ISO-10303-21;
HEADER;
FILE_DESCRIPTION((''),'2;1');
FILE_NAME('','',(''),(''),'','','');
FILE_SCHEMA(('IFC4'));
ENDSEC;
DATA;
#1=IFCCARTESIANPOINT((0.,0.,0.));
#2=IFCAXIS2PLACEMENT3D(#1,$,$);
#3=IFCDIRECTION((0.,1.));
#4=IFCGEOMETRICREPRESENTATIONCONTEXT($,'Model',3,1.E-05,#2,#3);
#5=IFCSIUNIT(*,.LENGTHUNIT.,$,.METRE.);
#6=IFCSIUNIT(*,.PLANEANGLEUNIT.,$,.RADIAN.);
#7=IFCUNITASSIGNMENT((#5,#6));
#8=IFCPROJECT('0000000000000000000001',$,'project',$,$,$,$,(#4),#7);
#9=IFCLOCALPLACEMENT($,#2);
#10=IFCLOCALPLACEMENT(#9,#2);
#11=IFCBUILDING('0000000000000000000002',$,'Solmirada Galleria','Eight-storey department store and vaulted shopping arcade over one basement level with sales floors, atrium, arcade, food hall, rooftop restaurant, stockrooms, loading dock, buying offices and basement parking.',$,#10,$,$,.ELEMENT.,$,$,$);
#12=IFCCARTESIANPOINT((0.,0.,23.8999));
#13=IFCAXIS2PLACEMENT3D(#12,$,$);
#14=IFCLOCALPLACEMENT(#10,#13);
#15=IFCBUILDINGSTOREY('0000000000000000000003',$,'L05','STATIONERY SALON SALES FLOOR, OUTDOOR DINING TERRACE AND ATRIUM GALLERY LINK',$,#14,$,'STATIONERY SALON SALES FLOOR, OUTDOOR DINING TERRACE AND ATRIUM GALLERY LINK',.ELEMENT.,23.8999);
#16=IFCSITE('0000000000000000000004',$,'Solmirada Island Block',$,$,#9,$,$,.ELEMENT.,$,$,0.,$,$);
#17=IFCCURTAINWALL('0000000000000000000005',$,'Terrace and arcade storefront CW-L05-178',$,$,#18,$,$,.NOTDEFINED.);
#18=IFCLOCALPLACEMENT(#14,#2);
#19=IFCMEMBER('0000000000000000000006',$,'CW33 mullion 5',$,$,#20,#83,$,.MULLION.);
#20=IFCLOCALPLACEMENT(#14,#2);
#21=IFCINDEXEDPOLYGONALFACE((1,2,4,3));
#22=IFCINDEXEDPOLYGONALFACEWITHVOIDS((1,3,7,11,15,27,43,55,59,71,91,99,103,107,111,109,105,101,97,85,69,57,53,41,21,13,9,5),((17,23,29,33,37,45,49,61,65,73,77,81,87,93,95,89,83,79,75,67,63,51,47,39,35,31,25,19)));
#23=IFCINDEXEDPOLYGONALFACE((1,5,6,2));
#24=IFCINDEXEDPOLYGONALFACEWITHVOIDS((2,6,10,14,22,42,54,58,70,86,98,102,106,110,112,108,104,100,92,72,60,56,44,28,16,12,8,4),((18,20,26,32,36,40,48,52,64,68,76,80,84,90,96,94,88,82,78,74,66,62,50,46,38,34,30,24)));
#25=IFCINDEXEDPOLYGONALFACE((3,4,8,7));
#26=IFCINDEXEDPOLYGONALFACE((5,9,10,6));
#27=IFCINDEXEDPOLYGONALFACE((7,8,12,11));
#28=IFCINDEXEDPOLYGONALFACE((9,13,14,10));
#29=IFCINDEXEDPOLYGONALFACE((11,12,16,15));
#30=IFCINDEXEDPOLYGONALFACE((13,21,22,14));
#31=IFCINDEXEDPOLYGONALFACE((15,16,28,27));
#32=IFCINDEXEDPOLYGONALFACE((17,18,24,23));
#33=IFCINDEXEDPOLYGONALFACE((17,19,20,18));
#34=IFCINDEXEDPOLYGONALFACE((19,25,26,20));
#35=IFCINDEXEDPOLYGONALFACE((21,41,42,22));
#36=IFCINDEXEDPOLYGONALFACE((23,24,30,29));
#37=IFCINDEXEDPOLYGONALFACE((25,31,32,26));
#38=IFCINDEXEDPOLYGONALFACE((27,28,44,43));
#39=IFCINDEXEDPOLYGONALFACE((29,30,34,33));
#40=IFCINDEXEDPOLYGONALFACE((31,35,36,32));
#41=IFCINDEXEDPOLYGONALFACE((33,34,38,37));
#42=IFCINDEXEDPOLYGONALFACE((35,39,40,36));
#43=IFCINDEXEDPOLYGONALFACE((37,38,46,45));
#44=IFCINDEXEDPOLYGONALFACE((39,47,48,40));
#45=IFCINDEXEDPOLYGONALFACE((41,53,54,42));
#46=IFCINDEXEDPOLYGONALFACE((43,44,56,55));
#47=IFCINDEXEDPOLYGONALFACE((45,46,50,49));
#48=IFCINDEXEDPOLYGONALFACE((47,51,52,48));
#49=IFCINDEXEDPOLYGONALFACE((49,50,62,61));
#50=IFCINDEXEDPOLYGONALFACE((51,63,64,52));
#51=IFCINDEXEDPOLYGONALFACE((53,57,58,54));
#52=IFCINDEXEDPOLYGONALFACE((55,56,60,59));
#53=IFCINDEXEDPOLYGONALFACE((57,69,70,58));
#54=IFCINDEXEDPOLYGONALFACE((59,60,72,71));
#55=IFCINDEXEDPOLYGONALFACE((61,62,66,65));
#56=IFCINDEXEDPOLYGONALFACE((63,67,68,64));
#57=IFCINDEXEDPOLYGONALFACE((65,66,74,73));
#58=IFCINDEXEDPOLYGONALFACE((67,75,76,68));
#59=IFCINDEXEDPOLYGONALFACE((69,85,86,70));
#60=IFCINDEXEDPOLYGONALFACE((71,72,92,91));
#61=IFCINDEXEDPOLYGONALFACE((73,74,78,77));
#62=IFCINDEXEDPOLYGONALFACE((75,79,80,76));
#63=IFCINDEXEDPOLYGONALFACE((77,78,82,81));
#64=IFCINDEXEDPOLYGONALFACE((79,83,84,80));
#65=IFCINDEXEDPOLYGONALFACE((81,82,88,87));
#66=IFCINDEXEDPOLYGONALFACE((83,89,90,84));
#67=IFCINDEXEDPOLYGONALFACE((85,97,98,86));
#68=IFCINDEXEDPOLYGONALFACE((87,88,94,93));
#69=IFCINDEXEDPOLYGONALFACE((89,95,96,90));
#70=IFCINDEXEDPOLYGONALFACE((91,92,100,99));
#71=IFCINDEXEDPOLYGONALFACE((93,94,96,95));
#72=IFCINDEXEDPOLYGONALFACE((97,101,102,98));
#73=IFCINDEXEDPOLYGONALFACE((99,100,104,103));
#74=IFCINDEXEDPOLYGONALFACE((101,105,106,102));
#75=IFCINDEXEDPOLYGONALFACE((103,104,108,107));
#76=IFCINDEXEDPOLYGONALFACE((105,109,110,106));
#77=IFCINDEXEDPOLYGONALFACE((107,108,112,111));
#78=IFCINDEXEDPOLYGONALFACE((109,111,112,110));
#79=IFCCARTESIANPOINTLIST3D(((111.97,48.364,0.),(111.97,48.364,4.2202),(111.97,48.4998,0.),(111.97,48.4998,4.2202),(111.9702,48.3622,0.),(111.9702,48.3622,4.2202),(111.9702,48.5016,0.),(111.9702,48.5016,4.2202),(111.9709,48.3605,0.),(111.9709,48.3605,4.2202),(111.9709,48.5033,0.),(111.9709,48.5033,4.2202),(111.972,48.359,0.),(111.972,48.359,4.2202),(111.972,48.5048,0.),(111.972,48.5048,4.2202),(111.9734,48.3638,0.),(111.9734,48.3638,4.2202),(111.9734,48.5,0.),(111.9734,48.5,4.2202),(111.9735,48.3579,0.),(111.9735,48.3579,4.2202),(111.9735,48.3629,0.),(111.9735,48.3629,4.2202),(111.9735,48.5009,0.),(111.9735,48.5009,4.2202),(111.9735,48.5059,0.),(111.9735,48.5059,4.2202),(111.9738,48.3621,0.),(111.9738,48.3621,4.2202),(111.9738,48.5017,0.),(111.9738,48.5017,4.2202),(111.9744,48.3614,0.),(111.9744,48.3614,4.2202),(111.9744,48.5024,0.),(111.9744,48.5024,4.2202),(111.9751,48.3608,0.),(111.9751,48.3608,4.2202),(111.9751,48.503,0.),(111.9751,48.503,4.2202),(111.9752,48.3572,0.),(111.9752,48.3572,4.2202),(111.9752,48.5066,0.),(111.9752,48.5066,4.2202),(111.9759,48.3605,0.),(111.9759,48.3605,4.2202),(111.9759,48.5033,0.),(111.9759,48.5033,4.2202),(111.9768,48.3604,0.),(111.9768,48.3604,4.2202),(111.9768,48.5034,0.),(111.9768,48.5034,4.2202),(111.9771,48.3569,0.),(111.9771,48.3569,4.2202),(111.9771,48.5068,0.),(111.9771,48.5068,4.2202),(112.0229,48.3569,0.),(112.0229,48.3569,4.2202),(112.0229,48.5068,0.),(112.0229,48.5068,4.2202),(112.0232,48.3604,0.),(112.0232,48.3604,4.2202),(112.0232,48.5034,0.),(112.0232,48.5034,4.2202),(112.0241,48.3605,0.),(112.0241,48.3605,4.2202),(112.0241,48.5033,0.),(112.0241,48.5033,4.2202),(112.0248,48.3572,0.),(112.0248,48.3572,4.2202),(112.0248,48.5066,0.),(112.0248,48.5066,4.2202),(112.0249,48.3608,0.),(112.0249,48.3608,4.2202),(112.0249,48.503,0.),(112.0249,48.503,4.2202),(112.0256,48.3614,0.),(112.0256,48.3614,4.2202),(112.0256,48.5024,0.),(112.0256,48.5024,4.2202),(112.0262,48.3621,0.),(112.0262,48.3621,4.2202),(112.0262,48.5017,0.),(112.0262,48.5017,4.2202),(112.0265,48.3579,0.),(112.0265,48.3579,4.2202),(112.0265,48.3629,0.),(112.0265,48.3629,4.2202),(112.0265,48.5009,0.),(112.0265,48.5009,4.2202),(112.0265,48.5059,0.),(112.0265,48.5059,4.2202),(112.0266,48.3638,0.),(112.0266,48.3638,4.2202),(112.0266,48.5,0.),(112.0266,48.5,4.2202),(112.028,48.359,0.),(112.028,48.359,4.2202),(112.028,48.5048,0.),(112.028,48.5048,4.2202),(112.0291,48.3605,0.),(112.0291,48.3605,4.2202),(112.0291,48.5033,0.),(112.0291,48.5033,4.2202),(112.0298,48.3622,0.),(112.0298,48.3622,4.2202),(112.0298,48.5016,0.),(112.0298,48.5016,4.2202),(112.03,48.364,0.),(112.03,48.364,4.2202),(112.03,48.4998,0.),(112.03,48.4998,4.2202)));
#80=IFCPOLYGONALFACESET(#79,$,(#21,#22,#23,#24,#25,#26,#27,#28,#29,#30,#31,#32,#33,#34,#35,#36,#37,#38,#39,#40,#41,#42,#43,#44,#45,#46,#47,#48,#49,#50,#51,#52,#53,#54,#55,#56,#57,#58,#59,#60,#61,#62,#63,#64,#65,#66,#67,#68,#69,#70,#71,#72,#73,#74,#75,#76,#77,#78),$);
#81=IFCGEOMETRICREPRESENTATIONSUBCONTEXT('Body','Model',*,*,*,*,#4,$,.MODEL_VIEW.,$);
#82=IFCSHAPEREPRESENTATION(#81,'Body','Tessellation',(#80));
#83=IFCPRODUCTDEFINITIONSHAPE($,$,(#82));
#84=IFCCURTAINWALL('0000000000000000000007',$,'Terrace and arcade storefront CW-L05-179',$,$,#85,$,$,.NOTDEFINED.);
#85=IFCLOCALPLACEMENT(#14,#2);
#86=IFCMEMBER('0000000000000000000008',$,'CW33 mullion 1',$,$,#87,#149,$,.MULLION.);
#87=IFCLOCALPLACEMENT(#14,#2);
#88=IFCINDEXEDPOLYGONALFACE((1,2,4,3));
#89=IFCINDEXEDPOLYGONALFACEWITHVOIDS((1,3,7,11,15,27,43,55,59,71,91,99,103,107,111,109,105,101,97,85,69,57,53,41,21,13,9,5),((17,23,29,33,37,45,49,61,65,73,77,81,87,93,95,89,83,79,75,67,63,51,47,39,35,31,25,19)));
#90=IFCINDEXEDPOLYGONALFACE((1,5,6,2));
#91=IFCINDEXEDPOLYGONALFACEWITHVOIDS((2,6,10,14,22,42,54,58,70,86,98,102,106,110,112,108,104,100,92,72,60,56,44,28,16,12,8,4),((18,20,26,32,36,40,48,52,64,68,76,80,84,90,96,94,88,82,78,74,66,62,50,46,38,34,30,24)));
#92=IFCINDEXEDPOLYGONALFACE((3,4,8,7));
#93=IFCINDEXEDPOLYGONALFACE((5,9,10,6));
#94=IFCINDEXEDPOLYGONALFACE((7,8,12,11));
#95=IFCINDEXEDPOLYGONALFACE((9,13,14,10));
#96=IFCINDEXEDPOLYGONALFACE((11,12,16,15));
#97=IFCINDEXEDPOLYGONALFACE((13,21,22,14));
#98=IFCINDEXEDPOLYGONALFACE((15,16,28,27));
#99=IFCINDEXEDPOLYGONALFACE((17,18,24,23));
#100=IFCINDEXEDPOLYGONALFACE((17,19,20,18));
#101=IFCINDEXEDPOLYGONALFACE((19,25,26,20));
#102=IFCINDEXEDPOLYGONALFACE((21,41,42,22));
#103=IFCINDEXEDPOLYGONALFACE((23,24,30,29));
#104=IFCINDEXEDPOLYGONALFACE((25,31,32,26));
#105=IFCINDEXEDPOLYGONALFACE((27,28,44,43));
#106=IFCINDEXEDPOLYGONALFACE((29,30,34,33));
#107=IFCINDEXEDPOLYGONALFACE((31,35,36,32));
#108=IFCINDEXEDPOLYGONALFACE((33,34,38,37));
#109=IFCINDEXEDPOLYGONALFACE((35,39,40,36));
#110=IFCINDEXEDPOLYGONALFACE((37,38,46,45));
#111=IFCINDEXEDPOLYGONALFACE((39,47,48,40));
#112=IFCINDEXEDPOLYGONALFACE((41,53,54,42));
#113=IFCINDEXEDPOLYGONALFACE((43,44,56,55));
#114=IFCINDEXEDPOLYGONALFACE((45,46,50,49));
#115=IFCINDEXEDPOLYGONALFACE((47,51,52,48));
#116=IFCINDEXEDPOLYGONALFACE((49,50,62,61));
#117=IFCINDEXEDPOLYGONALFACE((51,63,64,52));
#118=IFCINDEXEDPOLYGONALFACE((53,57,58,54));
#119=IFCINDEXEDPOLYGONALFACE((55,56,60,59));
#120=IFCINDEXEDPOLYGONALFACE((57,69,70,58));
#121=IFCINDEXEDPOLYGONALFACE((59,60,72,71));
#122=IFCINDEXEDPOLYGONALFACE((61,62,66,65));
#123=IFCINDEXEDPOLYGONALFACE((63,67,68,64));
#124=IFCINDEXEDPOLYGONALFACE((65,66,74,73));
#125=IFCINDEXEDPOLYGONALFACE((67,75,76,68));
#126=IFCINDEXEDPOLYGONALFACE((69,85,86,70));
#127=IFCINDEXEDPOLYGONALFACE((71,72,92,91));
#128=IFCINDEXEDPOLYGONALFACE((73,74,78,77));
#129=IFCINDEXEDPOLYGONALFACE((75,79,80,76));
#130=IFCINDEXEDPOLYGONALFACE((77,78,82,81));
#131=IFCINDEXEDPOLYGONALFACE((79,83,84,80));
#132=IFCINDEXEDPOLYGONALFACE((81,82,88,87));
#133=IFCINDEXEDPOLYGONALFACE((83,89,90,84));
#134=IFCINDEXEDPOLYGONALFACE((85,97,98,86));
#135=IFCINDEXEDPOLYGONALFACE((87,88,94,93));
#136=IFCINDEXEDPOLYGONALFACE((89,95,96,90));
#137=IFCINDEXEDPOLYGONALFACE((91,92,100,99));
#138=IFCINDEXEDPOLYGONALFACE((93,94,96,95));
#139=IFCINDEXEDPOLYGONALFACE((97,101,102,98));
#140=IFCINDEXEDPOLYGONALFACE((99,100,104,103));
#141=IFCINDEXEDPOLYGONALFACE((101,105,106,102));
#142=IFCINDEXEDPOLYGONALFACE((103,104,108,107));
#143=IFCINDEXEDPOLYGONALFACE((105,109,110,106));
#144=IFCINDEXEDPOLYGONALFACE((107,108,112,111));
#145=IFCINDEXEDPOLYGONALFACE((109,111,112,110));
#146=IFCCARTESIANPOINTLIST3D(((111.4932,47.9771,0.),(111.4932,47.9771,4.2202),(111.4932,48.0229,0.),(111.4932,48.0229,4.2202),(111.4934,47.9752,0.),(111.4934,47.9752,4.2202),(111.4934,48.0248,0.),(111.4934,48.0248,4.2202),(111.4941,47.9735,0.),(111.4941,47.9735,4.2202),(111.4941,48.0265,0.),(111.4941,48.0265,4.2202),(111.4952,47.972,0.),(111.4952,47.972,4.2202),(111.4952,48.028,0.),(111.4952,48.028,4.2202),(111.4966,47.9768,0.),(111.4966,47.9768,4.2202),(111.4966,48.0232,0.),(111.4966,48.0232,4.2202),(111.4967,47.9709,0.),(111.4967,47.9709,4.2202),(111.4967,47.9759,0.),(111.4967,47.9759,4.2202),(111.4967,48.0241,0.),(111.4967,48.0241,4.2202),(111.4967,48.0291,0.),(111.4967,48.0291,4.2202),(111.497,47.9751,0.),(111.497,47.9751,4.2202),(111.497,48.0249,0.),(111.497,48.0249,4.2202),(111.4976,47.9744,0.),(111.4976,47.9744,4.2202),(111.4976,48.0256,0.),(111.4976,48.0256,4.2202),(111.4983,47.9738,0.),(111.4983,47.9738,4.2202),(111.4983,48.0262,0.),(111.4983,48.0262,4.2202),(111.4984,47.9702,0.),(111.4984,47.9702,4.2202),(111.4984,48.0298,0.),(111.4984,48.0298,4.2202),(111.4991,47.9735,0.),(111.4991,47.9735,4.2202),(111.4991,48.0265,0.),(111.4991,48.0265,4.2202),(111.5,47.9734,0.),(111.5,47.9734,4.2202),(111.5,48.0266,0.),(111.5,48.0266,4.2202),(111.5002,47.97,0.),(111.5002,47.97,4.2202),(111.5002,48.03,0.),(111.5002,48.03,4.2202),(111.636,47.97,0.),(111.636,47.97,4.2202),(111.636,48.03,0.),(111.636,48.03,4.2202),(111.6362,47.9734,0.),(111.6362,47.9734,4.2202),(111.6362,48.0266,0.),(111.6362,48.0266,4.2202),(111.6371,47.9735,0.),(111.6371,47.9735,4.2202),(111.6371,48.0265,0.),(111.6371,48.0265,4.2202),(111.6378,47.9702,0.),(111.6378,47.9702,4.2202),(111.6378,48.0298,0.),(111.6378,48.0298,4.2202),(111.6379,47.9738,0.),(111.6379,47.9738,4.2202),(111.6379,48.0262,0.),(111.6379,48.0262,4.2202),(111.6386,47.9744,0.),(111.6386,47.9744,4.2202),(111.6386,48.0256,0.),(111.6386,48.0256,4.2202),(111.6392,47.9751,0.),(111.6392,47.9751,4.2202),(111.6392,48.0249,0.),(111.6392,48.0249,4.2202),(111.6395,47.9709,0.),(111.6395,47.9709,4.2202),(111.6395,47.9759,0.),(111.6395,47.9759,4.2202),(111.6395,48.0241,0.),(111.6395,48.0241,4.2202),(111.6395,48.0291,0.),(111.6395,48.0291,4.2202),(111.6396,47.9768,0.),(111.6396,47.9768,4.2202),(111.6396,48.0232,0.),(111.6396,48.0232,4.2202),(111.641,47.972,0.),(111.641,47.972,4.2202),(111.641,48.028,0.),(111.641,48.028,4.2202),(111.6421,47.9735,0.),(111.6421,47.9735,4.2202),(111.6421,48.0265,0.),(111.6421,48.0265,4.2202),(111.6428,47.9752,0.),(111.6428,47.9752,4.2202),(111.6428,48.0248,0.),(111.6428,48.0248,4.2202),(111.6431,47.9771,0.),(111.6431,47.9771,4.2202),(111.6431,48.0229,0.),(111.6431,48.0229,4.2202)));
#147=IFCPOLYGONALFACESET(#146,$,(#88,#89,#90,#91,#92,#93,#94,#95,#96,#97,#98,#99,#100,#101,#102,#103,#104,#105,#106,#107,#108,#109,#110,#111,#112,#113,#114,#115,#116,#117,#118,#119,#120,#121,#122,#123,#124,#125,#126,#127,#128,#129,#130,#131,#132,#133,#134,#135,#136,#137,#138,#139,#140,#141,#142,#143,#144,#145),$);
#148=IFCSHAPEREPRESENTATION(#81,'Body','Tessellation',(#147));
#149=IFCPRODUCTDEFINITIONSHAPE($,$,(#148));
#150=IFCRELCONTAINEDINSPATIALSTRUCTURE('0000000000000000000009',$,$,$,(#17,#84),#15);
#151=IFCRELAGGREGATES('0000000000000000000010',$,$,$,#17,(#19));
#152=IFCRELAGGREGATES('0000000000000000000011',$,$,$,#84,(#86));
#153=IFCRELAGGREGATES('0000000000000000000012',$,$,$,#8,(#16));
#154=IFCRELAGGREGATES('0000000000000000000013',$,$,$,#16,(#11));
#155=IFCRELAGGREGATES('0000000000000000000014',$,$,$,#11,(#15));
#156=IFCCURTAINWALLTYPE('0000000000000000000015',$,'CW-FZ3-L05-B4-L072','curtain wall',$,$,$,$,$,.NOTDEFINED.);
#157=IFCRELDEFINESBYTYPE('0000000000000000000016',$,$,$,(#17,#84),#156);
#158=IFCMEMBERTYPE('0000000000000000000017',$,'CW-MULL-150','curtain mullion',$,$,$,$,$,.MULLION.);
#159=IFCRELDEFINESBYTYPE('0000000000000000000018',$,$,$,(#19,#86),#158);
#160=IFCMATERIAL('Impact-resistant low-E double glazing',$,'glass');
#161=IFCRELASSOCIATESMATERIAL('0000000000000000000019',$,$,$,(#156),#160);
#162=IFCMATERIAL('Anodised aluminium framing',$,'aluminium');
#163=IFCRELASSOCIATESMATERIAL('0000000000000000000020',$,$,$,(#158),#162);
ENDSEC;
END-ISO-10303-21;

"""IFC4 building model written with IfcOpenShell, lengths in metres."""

from ifc_helpers import new_model, si_unit, direction, frame, origin, origin_2d, place, context, subcontext, project, spatial, hollow_rectangle, extrude, material, material_profile, profile_set, type_object, element, aggregate, save


model = new_model("IFC4")

# Units and contexts
model_context = context("Model", 3, precision=1e-05, world=origin(), true_north=direction((0.0, 1.0)))
body_context = subcontext(model_context, "Body", "Model", "MODEL_VIEW")
ifc_project = project(units=[si_unit("LENGTHUNIT", "METRE"), si_unit("PLANEANGLEUNIT", "RADIAN")], contexts=[model_context])

# Site, building, storey
site_placement = place(None, origin())
site = spatial("IfcSite", under=ifc_project, at=site_placement, Name="Solmirada Island Block", CompositionType="ELEMENT", RefElevation=0.0)
building_placement = place(site_placement, origin())
building = spatial("IfcBuilding", under=site, at=building_placement, Name="Solmirada Galleria", Description="Eight-storey department store and vaulted shopping arcade over one basement level with sales floors, atrium, arcade, food hall, rooftop restaurant, stockrooms, loading dock, buying offices and basement parking.", CompositionType="ELEMENT")
storey_placement = place(building_placement, frame((0.0, 0.0, 23.8999)))
storey = spatial("IfcBuildingStorey", under=building, at=storey_placement, Name="L05", Description="STATIONERY SALON SALES FLOOR, OUTDOOR DINING TERRACE AND ATRIUM GALLERY LINK", LongName="STATIONERY SALON SALES FLOOR, OUTDOOR DINING TERRACE AND ATRIUM GALLERY LINK", CompositionType="ELEMENT", Elevation=23.8999)

# Curtain wall, member
ifc_material_1 = material(Name="Impact-resistant low-E double glazing", Category="glass")
curtain_wall_type = type_object("IfcCurtainWallType", Name="CW-FZ3-L05-B4-L072", Description="curtain wall", PredefinedType="NOTDEFINED", material=ifc_material_1)
curtain_wall_1_placement = place(storey_placement, origin())
curtain_wall_1 = element("IfcCurtainWall", 1, at=curtain_wall_1_placement, inside=storey, type_object=curtain_wall_type, Name="Terrace and arcade storefront CW-L05-178", PredefinedType="NOTDEFINED")
ifc_material_2 = material(Name="Anodised aluminium framing", Category="aluminium")
ifc_material_profile_1 = material_profile(ifc_material_2, hollow_rectangle(XDim=0.0601, YDim=0.1499, WallThickness=0.0034, InnerFilletRadius=0.0034, OuterFilletRadius=0.0071, at=origin_2d()), Name="ALU-MULL-150X60")
ifc_profile_set_1 = profile_set([ifc_material_profile_1], Name="Anodised aluminium framing")
member_type_1 = type_object("IfcMemberType", Name="CW-MULL-150", Description="curtain mullion", PredefinedType="MULLION", material=ifc_profile_set_1)
member_1_placement = place(storey_placement, frame((112.0, 48.4319, 0.0), z_axis=(0.0, 0.0, 1.0), x_axis=(1.0, 0.0, 0.0)))
member_1 = element("IfcMember", 2, at=member_1_placement, type_object=member_type_1, Name="CW33 mullion 5", PredefinedType="MULLION", context=body_context, shape_type="SweptSolid", body=[
    extrude(hollow_rectangle(XDim=0.0601, YDim=0.1499, WallThickness=0.0034, InnerFilletRadius=0.0034, OuterFilletRadius=0.0071, at=origin_2d()), origin(), (0.0, 0.0, 1.0), 4.2202),
])

# Curtain wall, member
curtain_wall_2_placement = place(storey_placement, origin())
curtain_wall_2 = element("IfcCurtainWall", 3, at=curtain_wall_2_placement, inside=storey, type_object=curtain_wall_type, Name="Terrace and arcade storefront CW-L05-179", PredefinedType="NOTDEFINED")
member_2_placement = place(storey_placement, frame((111.5681, 48.0, 0.0), z_axis=(0.0, 0.0, 1.0), x_axis=(0.0, -1.0, 0.0)))
member_2 = element("IfcMember", 4, at=member_2_placement, type_object=member_type_1, Name="CW33 mullion 1", PredefinedType="MULLION", context=body_context, shape_type="SweptSolid", body=[
    extrude(hollow_rectangle(XDim=0.0601, YDim=0.1499, WallThickness=0.0034, InnerFilletRadius=0.0034, OuterFilletRadius=0.0071, at=origin_2d()), origin(), (0.0, 0.0, 1.0), 4.2202),
])

aggregate(curtain_wall_1, [member_1])
aggregate(curtain_wall_2, [member_2])

save(model, "model.ifc")
